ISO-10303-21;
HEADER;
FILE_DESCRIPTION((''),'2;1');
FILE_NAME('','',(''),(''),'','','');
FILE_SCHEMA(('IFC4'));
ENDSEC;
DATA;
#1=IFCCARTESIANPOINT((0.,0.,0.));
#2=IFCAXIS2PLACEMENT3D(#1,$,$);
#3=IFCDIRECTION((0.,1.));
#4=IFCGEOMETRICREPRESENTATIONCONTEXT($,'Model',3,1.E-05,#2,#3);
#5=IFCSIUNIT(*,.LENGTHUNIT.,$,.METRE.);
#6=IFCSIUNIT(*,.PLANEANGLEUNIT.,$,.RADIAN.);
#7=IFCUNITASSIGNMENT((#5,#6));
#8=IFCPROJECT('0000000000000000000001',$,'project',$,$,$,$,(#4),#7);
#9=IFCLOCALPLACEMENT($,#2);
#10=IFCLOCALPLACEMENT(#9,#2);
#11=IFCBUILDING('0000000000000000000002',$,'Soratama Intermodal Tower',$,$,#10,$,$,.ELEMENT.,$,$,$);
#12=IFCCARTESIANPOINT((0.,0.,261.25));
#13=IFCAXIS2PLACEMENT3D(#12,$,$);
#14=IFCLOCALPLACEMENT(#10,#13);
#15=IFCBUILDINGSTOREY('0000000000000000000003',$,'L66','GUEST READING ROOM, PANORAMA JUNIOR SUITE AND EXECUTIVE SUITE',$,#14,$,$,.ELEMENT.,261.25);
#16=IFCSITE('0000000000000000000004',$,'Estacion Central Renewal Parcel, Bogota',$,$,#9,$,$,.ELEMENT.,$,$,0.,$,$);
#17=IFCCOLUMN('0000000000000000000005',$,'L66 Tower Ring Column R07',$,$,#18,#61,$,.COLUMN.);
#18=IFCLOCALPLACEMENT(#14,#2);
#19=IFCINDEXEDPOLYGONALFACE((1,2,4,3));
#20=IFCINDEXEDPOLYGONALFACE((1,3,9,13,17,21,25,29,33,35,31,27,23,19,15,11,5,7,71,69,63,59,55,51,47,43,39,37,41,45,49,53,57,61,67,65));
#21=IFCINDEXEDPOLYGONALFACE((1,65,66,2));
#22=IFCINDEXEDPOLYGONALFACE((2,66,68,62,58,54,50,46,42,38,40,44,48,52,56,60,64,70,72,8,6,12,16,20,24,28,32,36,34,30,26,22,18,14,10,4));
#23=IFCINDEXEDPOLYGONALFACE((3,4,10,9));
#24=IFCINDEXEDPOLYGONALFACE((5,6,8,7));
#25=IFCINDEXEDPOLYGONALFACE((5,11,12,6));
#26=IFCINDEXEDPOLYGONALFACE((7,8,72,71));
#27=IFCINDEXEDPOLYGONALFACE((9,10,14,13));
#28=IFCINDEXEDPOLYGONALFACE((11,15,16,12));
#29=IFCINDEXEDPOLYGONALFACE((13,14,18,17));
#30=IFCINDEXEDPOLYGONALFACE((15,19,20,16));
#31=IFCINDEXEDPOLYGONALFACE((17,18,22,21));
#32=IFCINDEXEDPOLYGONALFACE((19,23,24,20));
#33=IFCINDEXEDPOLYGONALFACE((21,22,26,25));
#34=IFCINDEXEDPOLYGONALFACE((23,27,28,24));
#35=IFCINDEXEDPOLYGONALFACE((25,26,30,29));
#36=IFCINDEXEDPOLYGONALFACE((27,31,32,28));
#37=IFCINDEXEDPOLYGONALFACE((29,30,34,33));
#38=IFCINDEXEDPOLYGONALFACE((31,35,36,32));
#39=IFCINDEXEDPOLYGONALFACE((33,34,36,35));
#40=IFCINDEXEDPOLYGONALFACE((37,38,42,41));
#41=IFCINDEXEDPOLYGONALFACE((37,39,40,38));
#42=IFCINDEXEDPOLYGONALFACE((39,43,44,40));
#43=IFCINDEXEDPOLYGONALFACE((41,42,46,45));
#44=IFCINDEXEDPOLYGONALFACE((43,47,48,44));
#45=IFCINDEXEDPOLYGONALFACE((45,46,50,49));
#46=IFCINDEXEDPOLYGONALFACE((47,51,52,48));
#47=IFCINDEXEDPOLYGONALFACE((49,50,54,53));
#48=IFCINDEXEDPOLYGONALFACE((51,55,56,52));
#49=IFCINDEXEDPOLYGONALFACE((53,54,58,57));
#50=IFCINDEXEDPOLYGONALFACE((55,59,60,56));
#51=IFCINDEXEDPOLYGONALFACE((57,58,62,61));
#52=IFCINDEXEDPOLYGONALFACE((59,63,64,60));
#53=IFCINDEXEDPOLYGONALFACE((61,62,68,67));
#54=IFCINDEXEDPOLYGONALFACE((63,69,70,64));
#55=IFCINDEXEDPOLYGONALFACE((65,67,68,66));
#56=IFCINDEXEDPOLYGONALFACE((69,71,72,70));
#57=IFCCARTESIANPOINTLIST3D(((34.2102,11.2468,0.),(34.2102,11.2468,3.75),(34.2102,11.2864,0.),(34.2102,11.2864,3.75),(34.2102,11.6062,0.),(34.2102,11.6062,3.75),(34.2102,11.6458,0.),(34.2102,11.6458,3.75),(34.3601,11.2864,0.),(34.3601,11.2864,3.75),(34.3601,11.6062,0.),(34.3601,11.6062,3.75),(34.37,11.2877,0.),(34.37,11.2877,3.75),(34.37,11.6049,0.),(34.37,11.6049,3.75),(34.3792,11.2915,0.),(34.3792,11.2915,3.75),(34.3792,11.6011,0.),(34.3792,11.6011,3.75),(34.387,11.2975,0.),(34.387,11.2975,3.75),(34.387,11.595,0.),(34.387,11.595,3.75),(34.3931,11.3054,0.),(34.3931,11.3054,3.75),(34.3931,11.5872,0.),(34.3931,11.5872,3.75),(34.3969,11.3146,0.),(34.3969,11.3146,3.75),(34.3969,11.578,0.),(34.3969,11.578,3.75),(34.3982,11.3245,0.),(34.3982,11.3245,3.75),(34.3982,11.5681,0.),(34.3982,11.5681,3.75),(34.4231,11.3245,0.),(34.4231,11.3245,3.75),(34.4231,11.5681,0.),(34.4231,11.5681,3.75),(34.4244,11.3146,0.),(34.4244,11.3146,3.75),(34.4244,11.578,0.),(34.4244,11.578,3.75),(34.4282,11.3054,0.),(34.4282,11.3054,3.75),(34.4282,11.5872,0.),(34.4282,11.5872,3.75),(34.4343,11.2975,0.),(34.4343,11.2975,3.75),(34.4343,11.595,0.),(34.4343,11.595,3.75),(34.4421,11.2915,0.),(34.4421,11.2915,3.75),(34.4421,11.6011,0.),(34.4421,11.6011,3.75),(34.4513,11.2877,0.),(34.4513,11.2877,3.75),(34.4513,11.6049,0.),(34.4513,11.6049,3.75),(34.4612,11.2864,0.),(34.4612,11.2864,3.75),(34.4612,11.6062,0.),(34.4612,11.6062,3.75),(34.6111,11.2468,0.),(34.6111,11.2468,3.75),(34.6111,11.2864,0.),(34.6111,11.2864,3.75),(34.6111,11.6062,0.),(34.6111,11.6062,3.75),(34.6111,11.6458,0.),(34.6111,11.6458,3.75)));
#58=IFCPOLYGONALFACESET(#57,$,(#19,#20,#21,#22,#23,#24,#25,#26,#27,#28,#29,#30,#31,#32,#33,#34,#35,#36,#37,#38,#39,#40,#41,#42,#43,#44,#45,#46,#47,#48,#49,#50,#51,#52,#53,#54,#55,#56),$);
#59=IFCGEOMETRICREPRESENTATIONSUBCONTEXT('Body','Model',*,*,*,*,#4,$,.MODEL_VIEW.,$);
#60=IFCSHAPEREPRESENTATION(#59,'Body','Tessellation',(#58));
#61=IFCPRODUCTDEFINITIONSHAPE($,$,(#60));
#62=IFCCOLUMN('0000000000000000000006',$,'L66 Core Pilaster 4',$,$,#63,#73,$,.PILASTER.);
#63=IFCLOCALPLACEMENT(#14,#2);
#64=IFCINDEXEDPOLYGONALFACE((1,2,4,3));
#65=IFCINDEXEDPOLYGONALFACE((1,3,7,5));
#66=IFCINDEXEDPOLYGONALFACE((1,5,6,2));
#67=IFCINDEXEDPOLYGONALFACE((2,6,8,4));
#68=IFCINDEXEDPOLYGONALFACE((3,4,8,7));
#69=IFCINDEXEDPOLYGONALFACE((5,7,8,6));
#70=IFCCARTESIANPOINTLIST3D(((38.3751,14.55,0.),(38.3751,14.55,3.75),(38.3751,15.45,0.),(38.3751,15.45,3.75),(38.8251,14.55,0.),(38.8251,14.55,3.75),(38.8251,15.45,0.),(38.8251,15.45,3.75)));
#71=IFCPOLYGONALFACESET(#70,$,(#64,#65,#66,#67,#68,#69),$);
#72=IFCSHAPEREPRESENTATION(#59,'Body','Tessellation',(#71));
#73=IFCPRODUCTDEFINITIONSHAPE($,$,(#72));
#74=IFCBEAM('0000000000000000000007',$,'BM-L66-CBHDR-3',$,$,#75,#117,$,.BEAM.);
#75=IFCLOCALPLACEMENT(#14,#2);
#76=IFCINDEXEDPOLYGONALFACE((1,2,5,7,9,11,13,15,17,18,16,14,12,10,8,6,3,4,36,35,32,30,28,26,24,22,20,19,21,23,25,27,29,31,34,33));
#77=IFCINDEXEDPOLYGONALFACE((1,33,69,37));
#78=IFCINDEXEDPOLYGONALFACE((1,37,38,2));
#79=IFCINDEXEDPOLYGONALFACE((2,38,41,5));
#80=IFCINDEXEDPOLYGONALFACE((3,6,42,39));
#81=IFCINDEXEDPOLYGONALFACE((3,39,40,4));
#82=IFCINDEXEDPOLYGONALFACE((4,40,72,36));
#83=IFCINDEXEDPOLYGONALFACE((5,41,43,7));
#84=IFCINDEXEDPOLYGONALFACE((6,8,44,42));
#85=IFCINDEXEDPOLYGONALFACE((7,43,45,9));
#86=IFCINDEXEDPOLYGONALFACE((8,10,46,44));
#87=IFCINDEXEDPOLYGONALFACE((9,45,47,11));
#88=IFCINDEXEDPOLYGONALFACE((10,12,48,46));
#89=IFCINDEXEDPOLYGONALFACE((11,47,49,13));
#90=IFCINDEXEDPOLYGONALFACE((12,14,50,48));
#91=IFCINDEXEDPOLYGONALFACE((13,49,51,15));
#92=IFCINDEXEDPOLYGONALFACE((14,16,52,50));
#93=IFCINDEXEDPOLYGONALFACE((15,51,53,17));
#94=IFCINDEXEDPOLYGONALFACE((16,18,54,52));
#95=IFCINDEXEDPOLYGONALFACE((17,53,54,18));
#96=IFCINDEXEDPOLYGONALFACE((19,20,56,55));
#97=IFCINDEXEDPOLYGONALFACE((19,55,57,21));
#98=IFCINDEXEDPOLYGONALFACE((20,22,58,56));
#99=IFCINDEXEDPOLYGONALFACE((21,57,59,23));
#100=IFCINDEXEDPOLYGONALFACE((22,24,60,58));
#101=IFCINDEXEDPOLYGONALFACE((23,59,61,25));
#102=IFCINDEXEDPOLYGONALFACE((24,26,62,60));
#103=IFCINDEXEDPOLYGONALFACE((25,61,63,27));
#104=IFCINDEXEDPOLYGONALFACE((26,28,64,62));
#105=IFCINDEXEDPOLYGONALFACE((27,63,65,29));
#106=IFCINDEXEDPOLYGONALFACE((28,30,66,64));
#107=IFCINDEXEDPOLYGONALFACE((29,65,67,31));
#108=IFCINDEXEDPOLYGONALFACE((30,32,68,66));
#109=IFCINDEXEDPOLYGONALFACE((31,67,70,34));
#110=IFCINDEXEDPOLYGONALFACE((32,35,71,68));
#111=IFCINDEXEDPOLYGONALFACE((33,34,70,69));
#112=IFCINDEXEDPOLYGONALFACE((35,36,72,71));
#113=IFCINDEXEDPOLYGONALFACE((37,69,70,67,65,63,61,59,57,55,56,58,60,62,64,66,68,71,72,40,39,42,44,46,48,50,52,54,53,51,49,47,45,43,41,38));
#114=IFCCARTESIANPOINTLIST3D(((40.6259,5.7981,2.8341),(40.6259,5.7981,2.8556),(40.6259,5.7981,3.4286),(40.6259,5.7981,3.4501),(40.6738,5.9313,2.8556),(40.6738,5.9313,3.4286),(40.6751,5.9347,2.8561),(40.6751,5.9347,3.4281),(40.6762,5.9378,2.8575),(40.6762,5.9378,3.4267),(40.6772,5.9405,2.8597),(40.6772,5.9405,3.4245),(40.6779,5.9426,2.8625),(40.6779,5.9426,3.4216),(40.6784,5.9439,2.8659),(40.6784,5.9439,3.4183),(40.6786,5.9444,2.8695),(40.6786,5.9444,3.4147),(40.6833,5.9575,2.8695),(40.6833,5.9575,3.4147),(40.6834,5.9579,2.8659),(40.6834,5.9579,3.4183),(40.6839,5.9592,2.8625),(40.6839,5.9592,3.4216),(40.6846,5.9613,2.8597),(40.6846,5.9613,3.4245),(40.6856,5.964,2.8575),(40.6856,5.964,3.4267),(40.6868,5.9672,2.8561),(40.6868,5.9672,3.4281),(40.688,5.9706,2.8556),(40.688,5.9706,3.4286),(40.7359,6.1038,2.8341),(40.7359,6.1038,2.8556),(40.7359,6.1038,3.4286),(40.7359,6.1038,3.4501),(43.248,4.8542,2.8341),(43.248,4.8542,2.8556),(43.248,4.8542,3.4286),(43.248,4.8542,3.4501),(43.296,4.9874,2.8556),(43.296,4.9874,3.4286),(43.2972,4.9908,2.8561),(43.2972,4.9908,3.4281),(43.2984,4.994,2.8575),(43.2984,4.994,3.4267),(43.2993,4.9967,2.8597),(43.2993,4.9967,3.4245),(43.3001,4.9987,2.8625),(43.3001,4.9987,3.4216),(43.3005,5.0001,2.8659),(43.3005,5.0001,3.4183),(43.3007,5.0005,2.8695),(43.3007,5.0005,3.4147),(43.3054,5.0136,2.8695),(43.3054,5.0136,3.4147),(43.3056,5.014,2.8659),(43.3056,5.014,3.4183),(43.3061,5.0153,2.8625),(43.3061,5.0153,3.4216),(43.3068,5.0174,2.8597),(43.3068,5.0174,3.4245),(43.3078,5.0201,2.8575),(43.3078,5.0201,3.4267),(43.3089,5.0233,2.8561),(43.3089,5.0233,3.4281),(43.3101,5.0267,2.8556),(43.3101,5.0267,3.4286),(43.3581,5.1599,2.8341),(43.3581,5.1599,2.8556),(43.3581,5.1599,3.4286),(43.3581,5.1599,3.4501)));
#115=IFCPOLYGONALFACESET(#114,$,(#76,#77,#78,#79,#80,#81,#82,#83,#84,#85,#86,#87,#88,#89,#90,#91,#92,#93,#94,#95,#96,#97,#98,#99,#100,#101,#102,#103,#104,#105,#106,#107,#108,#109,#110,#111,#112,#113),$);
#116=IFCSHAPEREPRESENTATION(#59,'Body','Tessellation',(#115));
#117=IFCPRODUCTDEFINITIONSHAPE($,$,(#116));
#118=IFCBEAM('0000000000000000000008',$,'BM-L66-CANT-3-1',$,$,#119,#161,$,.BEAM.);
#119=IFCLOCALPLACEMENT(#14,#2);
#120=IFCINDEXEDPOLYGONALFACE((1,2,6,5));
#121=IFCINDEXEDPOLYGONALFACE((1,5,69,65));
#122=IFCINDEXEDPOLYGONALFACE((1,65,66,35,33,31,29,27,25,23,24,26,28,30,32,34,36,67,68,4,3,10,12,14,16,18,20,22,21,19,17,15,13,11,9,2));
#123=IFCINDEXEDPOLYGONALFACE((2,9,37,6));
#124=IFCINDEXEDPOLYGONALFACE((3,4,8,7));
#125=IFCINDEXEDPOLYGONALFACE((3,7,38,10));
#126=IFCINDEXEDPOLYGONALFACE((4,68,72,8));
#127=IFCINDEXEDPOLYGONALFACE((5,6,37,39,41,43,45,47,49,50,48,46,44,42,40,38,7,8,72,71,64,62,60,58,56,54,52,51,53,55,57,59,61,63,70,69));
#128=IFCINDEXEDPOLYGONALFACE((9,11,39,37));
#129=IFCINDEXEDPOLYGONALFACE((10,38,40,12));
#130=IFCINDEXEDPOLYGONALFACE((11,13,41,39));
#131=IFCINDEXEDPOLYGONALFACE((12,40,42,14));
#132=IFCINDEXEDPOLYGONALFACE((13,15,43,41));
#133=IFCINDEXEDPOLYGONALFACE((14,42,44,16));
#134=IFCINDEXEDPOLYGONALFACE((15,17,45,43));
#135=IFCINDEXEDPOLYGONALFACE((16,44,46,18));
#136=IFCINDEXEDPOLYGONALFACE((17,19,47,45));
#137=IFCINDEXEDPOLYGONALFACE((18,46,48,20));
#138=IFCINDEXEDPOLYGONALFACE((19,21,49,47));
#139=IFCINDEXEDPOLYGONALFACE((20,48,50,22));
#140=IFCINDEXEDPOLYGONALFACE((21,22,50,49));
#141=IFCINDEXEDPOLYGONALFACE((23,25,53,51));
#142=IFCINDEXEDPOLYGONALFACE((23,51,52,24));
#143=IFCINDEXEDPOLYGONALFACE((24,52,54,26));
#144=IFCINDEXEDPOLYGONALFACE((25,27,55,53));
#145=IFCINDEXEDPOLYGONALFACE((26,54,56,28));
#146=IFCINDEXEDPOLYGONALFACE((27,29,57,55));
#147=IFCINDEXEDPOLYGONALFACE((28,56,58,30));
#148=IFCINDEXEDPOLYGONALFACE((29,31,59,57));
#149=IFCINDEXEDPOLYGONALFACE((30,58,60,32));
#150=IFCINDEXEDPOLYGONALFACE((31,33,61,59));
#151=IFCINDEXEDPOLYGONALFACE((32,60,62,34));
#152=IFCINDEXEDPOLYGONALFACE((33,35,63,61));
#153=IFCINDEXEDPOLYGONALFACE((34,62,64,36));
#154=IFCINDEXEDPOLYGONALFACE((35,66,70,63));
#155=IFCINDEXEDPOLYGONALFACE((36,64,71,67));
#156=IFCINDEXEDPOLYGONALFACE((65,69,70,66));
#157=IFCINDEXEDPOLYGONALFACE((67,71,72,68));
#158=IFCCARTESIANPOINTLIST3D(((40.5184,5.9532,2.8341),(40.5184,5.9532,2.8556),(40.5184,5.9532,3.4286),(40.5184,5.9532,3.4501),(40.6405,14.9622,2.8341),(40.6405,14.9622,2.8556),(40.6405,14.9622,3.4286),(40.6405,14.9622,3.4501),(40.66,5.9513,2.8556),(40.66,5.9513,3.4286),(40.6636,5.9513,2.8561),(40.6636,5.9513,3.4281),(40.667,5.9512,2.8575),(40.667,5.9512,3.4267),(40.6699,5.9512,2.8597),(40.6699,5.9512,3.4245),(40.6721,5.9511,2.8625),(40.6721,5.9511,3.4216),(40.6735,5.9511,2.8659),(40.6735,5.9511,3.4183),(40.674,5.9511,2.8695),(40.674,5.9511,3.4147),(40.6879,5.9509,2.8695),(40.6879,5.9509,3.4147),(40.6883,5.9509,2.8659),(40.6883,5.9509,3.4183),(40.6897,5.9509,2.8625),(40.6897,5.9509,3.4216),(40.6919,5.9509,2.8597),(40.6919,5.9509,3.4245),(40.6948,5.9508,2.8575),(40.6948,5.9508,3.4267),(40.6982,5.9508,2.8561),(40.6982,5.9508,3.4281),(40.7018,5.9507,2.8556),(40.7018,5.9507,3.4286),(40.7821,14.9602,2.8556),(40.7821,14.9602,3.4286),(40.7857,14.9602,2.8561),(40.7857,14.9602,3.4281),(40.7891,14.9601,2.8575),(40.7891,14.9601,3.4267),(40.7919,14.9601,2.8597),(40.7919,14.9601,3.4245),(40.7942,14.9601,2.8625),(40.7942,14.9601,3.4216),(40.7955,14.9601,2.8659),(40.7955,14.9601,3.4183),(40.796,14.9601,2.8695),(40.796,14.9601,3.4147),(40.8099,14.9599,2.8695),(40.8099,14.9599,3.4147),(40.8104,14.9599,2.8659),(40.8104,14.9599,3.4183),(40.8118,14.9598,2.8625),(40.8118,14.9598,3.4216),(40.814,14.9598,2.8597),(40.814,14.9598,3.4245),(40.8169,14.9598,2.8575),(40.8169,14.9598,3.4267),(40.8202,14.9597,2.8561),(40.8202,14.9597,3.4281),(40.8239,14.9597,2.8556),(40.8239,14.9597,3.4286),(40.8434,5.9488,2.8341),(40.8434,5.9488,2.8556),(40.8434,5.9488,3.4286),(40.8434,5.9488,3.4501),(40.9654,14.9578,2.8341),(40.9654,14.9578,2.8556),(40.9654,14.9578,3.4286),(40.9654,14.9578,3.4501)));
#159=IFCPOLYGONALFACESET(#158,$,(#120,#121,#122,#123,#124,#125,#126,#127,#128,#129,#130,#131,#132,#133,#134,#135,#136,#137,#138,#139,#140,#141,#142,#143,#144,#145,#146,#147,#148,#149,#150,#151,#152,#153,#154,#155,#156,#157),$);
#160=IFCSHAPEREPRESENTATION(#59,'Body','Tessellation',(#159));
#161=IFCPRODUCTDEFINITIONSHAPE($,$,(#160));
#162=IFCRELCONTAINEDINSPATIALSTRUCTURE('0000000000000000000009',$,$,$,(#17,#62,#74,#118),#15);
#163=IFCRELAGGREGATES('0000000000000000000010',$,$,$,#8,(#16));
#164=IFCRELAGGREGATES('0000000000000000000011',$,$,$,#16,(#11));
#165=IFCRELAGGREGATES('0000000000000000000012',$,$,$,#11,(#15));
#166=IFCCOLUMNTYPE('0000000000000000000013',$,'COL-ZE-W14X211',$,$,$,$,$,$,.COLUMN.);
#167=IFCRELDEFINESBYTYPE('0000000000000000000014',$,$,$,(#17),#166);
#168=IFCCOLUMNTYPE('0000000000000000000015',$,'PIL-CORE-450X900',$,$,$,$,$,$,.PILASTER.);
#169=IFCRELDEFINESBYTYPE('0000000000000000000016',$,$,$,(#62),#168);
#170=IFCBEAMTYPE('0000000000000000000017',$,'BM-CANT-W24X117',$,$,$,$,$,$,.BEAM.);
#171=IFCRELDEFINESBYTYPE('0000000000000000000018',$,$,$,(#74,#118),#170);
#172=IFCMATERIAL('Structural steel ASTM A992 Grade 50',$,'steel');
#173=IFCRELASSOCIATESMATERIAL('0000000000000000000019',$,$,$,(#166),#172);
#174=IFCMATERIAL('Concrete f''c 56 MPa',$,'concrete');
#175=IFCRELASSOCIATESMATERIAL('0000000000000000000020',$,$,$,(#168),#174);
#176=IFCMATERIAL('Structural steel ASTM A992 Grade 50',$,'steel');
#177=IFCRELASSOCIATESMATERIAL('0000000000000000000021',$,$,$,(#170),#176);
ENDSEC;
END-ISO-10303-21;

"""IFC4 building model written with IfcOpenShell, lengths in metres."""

from ifc_helpers import new_model, si_unit, direction, frame, origin, origin_2d, place, context, subcontext, project, spatial, rectangle, i_section, extrude, material, material_profile, profile_set, type_object, element, save


model = new_model("IFC4")

# Units and contexts
model_context = context("Model", 3, precision=1e-05, world=origin(), true_north=direction((0.0, 1.0)))
body_context = subcontext(model_context, "Body", "Model", "MODEL_VIEW")
ifc_project = project(units=[si_unit("LENGTHUNIT", "METRE"), si_unit("PLANEANGLEUNIT", "RADIAN")], contexts=[model_context])

# Site, building, storey
site_placement = place(None, origin())
site = spatial("IfcSite", under=ifc_project, at=site_placement, Name="Estacion Central Renewal Parcel, Bogota", CompositionType="ELEMENT", RefElevation=0.0)
building_placement = place(site_placement, origin())
building = spatial("IfcBuilding", under=site, at=building_placement, Name="Soratama Intermodal Tower", CompositionType="ELEMENT")
storey_placement = place(building_placement, frame((0.0, 0.0, 261.25)))
storey = spatial("IfcBuildingStorey", under=building, at=storey_placement, Name="L66", Description="GUEST READING ROOM, PANORAMA JUNIOR SUITE AND EXECUTIVE SUITE", CompositionType="ELEMENT", Elevation=261.25)

# Columns
ifc_material_1 = material(Name="Structural steel ASTM A992 Grade 50", Category="steel")
ifc_material_profile_1 = material_profile(ifc_material_1, i_section(OverallWidth=0.4009, OverallDepth=0.3989, WebThickness=0.0249, FlangeThickness=0.0396, FilletRadius=0.0381, at=origin_2d()), Name="W14X211")
ifc_profile_set_1 = profile_set([ifc_material_profile_1], Name="Structural steel ASTM A992 Grade 50")
column_type_1 = type_object("IfcColumnType", Name="COL-ZE-W14X211", PredefinedType="COLUMN", material=ifc_profile_set_1)
column_1_placement = place(storey_placement, frame((34.4106, 11.4463, 0.0), z_axis=(0.0, 0.0, 1.0), x_axis=(1.0, 0.0, 0.0)))
element("IfcColumn", 1, at=column_1_placement, inside=storey, type_object=column_type_1, Name="L66 Tower Ring Column R07", PredefinedType="COLUMN", context=body_context, shape_type="SweptSolid", body=[
    extrude(i_section(OverallWidth=0.4009, OverallDepth=0.3989, WebThickness=0.0249, FlangeThickness=0.0396, FilletRadius=0.0381, at=origin_2d()), origin(), (0.0, 0.0, 1.0), 3.75),
])
ifc_material_2 = material(Name="Concrete f'c 56 MPa", Category="concrete")
ifc_material_profile_2 = material_profile(ifc_material_2, rectangle(XDim=0.45, YDim=0.8999, at=origin_2d()), Name="RC450X900")
ifc_profile_set_2 = profile_set([ifc_material_profile_2], Name="Concrete f'c 56 MPa")
column_type_2 = type_object("IfcColumnType", Name="PIL-CORE-450X900", PredefinedType="PILASTER", material=ifc_profile_set_2)
column_2_placement = place(storey_placement, frame((38.6001, 15.0, 0.0), z_axis=(0.0, 0.0, 1.0), x_axis=(1.0, 0.0, 0.0)))
element("IfcColumn", 2, at=column_2_placement, inside=storey, type_object=column_type_2, Name="L66 Core Pilaster 4", PredefinedType="PILASTER", context=body_context, shape_type="SweptSolid", body=[
    extrude(rectangle(XDim=0.45, YDim=0.8999, at=origin_2d()), origin(), (0.0, 0.0, 1.0), 3.75),
])

# Beams
ifc_material_3 = material(Name="Structural steel ASTM A992 Grade 50", Category="steel")
ifc_material_profile_3 = material_profile(ifc_material_3, i_section(OverallWidth=0.325, OverallDepth=0.616, WebThickness=0.0139, FlangeThickness=0.0215, FilletRadius=0.0139, at=origin_2d()), Name="W24X117")
ifc_profile_set_3 = profile_set([ifc_material_profile_3], Name="Structural steel ASTM A992 Grade 50")
beam_type_1 = type_object("IfcBeamType", Name="BM-CANT-W24X117", PredefinedType="BEAM", material=ifc_profile_set_3)
beam_1_placement = place(storey_placement, frame((40.6809, 5.9509, 3.1421), z_axis=(0.940899, -0.338688, 0.0), x_axis=(0.338688, 0.940899, 0.0)))
element("IfcBeam", 3, at=beam_1_placement, inside=storey, type_object=beam_type_1, Name="BM-L66-CBHDR-3", PredefinedType="BEAM", context=body_context, shape_type="SweptSolid", body=[
    extrude(i_section(OverallWidth=0.325, OverallDepth=0.616, WebThickness=0.0139, FlangeThickness=0.0215, FilletRadius=0.0139, at=origin_2d()), origin(), (0.0, 0.0, 1.0), 2.7869),
])
beam_2_placement = place(storey_placement, frame((40.803, 14.96, 3.1421), z_axis=(-0.013549, -0.999908, 0.0), x_axis=(0.999908, -0.013549, 0.0)))
element("IfcBeam", 4, at=beam_2_placement, inside=storey, type_object=beam_type_1, Name="BM-L66-CANT-3-1", PredefinedType="BEAM", context=body_context, shape_type="SweptSolid", body=[
    extrude(i_section(OverallWidth=0.325, OverallDepth=0.616, WebThickness=0.0139, FlangeThickness=0.0215, FilletRadius=0.0139, at=origin_2d()), origin(), (0.0, 0.0, 1.0), 9.0098),
])

save(model, "model.ifc")
